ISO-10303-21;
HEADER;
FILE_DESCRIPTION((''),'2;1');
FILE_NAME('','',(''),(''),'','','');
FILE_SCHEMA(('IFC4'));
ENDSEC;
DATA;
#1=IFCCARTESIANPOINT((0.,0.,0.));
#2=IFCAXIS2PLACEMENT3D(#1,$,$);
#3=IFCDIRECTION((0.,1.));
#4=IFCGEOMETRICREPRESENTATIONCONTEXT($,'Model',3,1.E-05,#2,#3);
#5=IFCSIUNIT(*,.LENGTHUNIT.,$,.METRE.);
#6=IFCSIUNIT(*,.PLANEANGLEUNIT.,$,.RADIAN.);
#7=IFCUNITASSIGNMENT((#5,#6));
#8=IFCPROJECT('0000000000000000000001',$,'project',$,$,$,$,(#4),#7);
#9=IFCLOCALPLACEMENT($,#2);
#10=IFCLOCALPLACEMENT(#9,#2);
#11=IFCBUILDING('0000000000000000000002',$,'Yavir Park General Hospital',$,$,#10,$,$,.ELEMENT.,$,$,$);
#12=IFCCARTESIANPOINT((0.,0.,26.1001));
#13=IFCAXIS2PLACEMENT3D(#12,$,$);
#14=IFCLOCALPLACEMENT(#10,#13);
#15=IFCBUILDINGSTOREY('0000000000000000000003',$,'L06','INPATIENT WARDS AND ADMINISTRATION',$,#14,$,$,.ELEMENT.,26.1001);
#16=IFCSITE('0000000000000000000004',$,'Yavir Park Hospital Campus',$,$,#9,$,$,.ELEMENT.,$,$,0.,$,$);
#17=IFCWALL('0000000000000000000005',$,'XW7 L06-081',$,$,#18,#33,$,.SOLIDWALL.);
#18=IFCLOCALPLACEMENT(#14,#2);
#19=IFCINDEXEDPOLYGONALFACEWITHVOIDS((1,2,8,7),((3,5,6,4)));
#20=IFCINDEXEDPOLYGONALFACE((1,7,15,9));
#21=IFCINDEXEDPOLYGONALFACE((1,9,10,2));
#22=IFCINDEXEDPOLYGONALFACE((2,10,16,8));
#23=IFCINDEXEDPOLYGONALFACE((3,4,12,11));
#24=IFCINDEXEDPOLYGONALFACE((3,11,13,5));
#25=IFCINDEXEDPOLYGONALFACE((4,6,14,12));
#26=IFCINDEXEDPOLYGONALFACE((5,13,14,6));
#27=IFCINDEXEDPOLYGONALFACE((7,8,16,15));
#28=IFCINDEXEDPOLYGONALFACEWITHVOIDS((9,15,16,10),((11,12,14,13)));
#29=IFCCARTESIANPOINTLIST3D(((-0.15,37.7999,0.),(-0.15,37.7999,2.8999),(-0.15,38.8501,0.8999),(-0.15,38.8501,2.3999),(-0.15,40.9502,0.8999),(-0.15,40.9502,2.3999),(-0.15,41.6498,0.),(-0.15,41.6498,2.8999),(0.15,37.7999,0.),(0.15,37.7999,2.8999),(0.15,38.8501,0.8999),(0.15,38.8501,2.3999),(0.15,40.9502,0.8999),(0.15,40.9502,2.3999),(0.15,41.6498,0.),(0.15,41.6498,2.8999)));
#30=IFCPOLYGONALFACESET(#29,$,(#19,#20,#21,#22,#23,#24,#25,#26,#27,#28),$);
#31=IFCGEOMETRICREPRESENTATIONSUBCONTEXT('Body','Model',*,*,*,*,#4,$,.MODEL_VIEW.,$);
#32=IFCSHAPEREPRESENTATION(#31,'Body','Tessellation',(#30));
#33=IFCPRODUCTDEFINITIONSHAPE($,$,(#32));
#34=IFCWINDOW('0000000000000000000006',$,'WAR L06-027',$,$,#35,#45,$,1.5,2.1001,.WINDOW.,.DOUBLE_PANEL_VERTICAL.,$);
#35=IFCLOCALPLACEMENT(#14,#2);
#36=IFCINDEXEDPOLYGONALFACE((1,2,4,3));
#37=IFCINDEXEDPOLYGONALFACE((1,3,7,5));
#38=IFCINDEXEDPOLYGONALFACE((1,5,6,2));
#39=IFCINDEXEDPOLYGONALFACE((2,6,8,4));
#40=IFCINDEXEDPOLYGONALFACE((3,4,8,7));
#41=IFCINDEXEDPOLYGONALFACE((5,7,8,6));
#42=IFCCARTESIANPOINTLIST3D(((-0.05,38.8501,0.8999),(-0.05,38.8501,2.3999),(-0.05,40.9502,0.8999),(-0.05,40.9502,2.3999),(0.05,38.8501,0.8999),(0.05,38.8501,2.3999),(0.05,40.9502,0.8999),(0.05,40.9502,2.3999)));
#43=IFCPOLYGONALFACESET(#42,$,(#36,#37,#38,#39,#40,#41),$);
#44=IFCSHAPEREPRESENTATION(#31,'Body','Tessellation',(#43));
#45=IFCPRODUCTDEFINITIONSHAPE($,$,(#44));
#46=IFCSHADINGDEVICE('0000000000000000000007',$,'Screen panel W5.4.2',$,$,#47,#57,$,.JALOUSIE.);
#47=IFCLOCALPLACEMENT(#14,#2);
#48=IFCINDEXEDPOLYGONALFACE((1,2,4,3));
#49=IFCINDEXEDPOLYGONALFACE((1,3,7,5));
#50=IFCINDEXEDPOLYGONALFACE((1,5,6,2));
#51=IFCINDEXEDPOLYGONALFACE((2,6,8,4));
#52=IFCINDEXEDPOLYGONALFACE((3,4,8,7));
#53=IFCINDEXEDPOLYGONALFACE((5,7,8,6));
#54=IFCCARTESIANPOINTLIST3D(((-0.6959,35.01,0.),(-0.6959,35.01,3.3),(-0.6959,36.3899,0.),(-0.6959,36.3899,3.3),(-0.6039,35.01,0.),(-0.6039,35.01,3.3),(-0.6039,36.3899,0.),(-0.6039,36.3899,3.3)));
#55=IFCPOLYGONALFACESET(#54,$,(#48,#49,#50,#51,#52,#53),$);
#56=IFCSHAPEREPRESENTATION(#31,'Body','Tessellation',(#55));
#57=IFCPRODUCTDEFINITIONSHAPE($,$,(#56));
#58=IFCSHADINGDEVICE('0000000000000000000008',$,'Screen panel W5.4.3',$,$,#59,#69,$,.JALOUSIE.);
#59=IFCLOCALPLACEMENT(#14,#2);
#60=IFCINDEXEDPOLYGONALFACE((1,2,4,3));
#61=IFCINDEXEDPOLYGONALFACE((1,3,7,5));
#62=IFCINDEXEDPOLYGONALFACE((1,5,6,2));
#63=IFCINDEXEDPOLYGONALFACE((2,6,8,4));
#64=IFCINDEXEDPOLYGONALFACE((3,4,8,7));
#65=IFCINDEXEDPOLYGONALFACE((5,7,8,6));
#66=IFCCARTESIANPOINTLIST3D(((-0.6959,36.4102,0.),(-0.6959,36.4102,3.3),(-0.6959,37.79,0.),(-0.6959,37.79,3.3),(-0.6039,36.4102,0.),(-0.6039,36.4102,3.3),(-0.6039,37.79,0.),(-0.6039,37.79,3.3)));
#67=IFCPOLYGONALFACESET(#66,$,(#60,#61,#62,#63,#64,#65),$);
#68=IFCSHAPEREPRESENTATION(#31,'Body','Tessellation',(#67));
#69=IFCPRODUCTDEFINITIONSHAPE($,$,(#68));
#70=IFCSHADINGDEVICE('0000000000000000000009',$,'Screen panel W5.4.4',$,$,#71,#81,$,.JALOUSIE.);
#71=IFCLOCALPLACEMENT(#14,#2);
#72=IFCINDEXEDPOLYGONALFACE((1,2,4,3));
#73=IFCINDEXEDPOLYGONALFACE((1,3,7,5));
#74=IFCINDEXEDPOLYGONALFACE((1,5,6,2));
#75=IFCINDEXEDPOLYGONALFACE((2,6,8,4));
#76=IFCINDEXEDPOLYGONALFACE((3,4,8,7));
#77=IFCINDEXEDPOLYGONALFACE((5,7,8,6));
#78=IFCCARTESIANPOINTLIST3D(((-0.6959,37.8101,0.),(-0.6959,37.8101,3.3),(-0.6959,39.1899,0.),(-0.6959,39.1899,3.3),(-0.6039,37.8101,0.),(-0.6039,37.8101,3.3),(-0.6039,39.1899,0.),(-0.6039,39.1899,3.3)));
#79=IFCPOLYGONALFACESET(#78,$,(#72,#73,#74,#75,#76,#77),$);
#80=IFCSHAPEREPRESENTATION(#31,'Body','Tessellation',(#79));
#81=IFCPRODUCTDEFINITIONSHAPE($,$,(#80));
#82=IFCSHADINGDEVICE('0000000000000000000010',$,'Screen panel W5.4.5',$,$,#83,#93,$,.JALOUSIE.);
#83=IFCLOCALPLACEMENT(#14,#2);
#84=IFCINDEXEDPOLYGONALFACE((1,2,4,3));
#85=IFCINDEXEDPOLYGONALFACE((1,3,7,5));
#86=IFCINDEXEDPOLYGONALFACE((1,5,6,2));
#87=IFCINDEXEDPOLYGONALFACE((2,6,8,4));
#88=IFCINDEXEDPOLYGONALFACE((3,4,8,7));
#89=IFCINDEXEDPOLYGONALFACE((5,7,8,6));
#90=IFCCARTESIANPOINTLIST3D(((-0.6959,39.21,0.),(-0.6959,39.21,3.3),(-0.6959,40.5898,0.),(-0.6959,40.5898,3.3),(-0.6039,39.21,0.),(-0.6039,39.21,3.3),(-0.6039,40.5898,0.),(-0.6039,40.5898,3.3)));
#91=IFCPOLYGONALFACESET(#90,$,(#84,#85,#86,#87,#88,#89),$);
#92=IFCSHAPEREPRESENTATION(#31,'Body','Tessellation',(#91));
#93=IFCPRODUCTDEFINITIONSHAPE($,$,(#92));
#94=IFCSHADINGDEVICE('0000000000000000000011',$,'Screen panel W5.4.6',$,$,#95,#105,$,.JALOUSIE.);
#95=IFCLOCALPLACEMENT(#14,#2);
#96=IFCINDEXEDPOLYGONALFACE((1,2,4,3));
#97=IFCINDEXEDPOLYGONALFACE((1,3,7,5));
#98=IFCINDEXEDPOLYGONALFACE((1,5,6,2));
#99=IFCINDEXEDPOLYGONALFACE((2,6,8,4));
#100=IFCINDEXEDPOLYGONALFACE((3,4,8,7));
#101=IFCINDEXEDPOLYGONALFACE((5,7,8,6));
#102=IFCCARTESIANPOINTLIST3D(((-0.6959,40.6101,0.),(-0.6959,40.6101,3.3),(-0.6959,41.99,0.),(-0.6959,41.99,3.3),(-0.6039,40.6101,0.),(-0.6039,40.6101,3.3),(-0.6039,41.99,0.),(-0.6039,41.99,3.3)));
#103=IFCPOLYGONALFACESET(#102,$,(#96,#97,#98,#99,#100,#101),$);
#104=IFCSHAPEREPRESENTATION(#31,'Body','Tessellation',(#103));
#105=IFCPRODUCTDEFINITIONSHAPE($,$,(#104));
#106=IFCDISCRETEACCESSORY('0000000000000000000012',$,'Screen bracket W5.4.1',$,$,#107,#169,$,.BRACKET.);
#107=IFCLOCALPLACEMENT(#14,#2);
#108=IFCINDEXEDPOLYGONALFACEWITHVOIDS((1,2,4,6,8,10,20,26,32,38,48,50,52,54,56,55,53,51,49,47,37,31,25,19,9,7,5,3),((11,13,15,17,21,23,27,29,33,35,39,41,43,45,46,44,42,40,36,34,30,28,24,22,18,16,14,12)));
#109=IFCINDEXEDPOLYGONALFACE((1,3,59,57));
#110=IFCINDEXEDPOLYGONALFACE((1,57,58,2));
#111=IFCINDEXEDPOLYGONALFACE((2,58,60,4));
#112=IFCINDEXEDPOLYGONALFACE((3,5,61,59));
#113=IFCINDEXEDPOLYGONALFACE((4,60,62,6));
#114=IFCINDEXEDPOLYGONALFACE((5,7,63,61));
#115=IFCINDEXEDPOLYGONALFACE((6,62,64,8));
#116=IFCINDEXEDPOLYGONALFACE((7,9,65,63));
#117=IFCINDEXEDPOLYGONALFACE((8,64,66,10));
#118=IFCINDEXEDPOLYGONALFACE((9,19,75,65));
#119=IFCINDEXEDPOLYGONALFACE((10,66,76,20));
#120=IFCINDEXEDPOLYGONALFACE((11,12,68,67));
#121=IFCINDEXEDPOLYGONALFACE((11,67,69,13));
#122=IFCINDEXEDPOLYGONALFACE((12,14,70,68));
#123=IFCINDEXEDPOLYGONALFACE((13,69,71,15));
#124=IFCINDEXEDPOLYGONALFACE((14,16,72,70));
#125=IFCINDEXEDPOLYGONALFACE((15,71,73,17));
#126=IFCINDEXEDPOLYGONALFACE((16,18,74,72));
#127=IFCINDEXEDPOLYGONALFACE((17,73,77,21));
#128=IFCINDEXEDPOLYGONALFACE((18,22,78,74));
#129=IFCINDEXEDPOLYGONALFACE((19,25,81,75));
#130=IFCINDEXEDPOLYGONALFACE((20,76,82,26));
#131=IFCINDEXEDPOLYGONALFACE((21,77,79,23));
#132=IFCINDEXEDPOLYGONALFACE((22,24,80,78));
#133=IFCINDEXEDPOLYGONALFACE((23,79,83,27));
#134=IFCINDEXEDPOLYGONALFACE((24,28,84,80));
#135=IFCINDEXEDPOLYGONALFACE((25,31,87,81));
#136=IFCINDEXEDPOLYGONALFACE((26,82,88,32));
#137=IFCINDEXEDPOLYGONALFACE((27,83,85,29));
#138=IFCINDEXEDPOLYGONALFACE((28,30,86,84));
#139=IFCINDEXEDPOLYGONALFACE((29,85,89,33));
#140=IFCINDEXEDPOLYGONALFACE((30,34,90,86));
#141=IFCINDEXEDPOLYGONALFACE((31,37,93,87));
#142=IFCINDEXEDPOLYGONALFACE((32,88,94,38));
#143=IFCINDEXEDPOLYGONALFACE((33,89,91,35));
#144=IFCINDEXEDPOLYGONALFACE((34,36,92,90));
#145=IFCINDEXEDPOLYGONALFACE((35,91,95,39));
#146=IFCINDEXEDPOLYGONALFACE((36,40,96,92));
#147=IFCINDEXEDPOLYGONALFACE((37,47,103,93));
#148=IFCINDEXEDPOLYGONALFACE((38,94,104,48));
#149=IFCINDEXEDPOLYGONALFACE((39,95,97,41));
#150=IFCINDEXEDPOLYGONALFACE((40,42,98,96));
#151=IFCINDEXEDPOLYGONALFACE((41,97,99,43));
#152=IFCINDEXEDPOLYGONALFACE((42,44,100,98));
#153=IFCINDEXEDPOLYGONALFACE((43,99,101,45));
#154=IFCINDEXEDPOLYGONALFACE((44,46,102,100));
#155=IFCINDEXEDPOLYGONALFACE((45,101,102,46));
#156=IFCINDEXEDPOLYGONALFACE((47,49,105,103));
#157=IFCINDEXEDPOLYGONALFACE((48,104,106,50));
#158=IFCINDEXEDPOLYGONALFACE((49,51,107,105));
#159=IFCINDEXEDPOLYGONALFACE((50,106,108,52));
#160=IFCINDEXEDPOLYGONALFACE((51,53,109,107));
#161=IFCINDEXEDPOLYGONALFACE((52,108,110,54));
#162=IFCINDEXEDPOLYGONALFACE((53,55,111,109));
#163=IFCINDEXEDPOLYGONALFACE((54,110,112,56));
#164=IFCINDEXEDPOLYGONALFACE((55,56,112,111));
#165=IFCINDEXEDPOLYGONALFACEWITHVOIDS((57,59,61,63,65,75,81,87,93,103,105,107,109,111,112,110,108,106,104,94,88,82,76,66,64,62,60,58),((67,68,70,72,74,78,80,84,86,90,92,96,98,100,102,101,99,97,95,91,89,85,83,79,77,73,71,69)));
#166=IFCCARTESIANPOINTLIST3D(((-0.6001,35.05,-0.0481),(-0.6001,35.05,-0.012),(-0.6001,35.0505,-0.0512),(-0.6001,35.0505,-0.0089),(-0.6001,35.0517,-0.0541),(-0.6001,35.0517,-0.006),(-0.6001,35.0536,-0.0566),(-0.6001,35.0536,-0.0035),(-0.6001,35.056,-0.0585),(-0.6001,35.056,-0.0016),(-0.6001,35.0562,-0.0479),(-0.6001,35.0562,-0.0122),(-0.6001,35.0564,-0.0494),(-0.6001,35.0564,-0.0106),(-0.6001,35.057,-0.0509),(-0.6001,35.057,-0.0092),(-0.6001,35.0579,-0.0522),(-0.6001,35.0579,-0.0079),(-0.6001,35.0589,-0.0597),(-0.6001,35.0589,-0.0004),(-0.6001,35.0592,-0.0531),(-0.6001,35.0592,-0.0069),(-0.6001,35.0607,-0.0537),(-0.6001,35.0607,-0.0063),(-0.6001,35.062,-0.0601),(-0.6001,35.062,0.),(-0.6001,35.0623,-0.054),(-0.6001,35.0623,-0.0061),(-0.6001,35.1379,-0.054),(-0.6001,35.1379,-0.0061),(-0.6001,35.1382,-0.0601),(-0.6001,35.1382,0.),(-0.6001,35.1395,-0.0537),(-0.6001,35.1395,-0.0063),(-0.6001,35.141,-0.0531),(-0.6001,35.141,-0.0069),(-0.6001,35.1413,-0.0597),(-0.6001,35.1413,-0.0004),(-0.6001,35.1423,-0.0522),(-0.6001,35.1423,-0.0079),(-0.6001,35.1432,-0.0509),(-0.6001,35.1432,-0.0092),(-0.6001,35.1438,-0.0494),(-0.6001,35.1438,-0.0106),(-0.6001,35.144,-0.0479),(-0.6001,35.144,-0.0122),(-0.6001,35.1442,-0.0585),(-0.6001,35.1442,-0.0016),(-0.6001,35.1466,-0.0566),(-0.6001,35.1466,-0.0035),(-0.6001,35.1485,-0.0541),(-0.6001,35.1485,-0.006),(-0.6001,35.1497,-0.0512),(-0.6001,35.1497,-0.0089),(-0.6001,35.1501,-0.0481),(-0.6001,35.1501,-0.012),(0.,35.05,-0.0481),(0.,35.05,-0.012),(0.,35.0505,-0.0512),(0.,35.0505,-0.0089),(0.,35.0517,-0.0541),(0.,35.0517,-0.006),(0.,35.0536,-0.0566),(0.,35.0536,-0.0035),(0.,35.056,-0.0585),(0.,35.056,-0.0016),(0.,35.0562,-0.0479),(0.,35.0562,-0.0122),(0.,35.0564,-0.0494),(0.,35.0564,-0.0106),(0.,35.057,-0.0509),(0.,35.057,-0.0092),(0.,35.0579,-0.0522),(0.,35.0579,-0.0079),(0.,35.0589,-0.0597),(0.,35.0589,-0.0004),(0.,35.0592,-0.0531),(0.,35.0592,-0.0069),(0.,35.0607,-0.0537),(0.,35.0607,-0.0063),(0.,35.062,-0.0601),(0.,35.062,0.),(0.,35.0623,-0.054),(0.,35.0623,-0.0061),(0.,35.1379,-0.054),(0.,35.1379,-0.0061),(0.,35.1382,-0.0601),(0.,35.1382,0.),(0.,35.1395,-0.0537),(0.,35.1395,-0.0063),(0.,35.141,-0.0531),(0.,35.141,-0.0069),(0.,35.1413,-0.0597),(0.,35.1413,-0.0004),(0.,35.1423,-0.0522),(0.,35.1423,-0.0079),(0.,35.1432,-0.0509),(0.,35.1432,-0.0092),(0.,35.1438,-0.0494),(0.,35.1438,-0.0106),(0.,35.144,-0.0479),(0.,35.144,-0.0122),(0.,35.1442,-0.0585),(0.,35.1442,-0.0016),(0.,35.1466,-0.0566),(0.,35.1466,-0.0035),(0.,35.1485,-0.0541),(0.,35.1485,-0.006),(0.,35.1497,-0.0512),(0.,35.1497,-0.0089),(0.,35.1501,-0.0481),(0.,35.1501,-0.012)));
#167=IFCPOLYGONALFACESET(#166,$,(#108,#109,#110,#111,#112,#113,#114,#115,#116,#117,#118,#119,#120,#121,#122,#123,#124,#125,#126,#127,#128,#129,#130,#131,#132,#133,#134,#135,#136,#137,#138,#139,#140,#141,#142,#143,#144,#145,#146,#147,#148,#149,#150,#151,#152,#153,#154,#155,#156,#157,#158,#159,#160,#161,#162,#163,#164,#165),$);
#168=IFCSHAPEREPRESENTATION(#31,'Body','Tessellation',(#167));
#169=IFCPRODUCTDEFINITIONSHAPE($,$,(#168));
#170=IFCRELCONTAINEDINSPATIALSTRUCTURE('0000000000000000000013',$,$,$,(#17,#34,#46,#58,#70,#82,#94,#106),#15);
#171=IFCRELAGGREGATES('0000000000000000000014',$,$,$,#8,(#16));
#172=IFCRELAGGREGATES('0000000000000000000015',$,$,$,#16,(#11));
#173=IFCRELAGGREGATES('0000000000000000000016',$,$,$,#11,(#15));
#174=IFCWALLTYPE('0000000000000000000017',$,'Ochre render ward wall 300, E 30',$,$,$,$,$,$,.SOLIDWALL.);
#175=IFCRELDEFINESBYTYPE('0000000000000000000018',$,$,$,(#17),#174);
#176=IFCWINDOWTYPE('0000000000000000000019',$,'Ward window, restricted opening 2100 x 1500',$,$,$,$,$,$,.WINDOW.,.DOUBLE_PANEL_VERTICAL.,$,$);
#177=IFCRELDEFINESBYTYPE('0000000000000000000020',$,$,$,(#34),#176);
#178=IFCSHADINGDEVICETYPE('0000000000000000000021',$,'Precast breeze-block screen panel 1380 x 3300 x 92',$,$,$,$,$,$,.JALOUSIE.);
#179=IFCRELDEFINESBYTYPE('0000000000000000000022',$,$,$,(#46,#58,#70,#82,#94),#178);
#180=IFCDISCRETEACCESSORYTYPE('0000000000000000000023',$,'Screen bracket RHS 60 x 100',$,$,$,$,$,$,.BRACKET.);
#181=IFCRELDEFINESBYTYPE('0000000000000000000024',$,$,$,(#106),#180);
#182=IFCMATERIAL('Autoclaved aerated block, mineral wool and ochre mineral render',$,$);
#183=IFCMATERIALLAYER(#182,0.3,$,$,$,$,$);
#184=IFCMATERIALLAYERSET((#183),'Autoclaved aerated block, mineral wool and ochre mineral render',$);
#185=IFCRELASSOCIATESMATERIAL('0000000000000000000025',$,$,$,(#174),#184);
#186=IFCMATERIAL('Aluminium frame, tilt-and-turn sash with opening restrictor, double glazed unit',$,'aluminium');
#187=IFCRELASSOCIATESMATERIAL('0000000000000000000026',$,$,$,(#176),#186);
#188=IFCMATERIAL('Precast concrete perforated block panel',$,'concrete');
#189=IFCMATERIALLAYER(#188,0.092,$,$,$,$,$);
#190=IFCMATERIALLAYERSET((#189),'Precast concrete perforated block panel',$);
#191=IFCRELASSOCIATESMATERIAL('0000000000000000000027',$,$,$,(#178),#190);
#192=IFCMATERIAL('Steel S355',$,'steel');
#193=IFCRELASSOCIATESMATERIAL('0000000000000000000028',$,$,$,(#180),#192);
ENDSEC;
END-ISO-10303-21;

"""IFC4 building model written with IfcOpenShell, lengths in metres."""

from ifc_helpers import new_model, si_unit, direction, frame, frame_2d, origin, origin_2d, place, context, subcontext, project, spatial, rectangle, hollow_rectangle, extrude, material, layer, layer_set, material_profile, profile_set, type_object, element, fill, save


model = new_model("IFC4")

# Units and contexts
model_context = context("Model", 3, precision=1e-05, world=origin(), true_north=direction((0.0, 1.0)))
body_context = subcontext(model_context, "Body", "Model", "MODEL_VIEW")
ifc_project = project(units=[si_unit("LENGTHUNIT", "METRE"), si_unit("PLANEANGLEUNIT", "RADIAN")], contexts=[model_context])

# Site, building, storey
site_placement = place(None, origin())
site = spatial("IfcSite", under=ifc_project, at=site_placement, Name="Yavir Park Hospital Campus", CompositionType="ELEMENT", RefElevation=0.0)
building_placement = place(site_placement, origin())
building = spatial("IfcBuilding", under=site, at=building_placement, Name="Yavir Park General Hospital", CompositionType="ELEMENT")
storey_placement = place(building_placement, frame((0.0, 0.0, 26.1001)))
storey = spatial("IfcBuildingStorey", under=building, at=storey_placement, Name="L06", Description="INPATIENT WARDS AND ADMINISTRATION", CompositionType="ELEMENT", Elevation=26.1001)

# Wall, opening, window
ifc_material_1 = material(Name="Autoclaved aerated block, mineral wool and ochre mineral render")
ifc_layer_1 = layer(ifc_material_1, 0.3)
ifc_layer_set_1 = layer_set([ifc_layer_1], Name="Autoclaved aerated block, mineral wool and ochre mineral render")
wall_type_1 = type_object("IfcWallType", Name="Ochre render ward wall 300, E 30", PredefinedType="SOLIDWALL", material=ifc_layer_set_1)
wall_1_placement = place(storey_placement, frame((0.0, 37.8, 0.0), z_axis=(0.0, 0.0, 1.0), x_axis=(0.0, 1.0, 0.0)))
wall_1 = element("IfcWall", 1, at=wall_1_placement, inside=storey, type_object=wall_type_1, Name="XW7 L06-081", PredefinedType="SOLIDWALL", context=body_context, shape_type="SweptSolid", body=[
    extrude(rectangle(XDim=3.8499, YDim=0.3, at=frame_2d((1.9248, 0.0))), origin(), (0.0, 0.0, 1.0), 2.8999),
])
opening_1_placement = place(wall_1_placement, frame((1.05, 0.0, 0.8999)))
opening_1 = element("IfcOpeningElement", 2, at=opening_1_placement, cuts=wall_1, PredefinedType="OPENING", context=body_context, shape_type="SweptSolid", body=[
    extrude(rectangle(XDim=2.1001, YDim=1.5, at=frame_2d((1.05, 0.75))), frame((0.0, 0.1599, 0.0), z_axis=(0.0, -1.0, 0.0), x_axis=(1.0, 0.0, 0.0)), (0.0, 0.0, 1.0), 0.3201),
])
ifc_material_2 = material(Name="Aluminium frame, tilt-and-turn sash with opening restrictor, double glazed unit", Category="aluminium")
window_type = type_object("IfcWindowType", Name="Ward window, restricted opening 2100 x 1500", PartitioningType="DOUBLE_PANEL_VERTICAL", PredefinedType="WINDOW", material=ifc_material_2)
window_placement = place(opening_1_placement, origin())
window = element("IfcWindow", 3, at=window_placement, inside=storey, type_object=window_type, Name="WAR L06-027", OverallHeight=1.5, OverallWidth=2.1001, PartitioningType="DOUBLE_PANEL_VERTICAL", PredefinedType="WINDOW", context=body_context, shape_type="SweptSolid", body=[
    extrude(rectangle(XDim=2.1001, YDim=1.5, at=frame_2d((1.05, 0.75))), frame((0.0, 0.05, 0.0), z_axis=(0.0, -1.0, 0.0), x_axis=(1.0, 0.0, 0.0)), (0.0, 0.0, 1.0), 0.1001),
])
fill(opening_1, window)

# Shading devices
ifc_material_3 = material(Name="Precast concrete perforated block panel", Category="concrete")
ifc_layer_2 = layer(ifc_material_3, 0.092)
ifc_layer_set_2 = layer_set([ifc_layer_2], Name="Precast concrete perforated block panel")
shading_device_type = type_object("IfcShadingDeviceType", Name="Precast breeze-block screen panel 1380 x 3300 x 92", PredefinedType="JALOUSIE", material=ifc_layer_set_2)
for number, where, z_axis, x_axis, name in (
    (4, (-0.6499, 35.7, 0.0), (0.0, 0.0, 1.0), (1.0, 0.0, 0.0), "Screen panel W5.4.2"),
    (5, (-0.6499, 37.1001, 0.0), (0.0, 0.0, 1.0), (1.0, 0.0, 0.0), "Screen panel W5.4.3"),
    (6, (-0.6499, 38.5, 0.0), (0.0, 0.0, 1.0), (1.0, 0.0, 0.0), "Screen panel W5.4.4"),
    (7, (-0.6499, 39.8999, 0.0), (0.0, 0.0, 1.0), (1.0, 0.0, 0.0), "Screen panel W5.4.5"),
    (8, (-0.6499, 41.3, 0.0), (0.0, 0.0, 1.0), (1.0, 0.0, 0.0), "Screen panel W5.4.6"),
):
    element("IfcShadingDevice", number, at=place(storey_placement, frame(where, z_axis=z_axis, x_axis=x_axis)), inside=storey, type_object=shading_device_type, Name=name, PredefinedType="JALOUSIE", context=body_context, shape_type="SweptSolid", body=[
        extrude(rectangle(XDim=0.092, YDim=1.3799, at=origin_2d()), origin(), (0.0, 0.0, 1.0), 3.3),
    ])

# Discrete accessory
ifc_material_4 = material(Name="Steel S355", Category="steel")
ifc_material_profile_1 = material_profile(ifc_material_4, hollow_rectangle(XDim=0.1001, YDim=0.0601, WallThickness=0.0061, InnerFilletRadius=0.0061, OuterFilletRadius=0.012, at=origin_2d()), Name="RHS60x100x6")
ifc_profile_set_1 = profile_set([ifc_material_profile_1], Name="Steel S355")
discrete_accessory_type_1 = type_object("IfcDiscreteAccessoryType", Name="Screen bracket RHS 60 x 100", PredefinedType="BRACKET", material=ifc_profile_set_1)
for number, where, z_axis, x_axis, name in (
    (9, (0.0, 35.1001, -0.03), (-1.0, 0.0, 0.0), (0.0, -1.0, 0.0), "Screen bracket W5.4.1"),
):
    element("IfcDiscreteAccessory", number, at=place(storey_placement, frame(where, z_axis=z_axis, x_axis=x_axis)), inside=storey, type_object=discrete_accessory_type_1, Name=name, PredefinedType="BRACKET", context=body_context, shape_type="SweptSolid", body=[
        extrude(hollow_rectangle(XDim=0.1001, YDim=0.0601, WallThickness=0.0061, InnerFilletRadius=0.0061, OuterFilletRadius=0.012, at=origin_2d()), origin(), (0.0, 0.0, 1.0), 0.6001),
    ])

save(model, "model.ifc")
